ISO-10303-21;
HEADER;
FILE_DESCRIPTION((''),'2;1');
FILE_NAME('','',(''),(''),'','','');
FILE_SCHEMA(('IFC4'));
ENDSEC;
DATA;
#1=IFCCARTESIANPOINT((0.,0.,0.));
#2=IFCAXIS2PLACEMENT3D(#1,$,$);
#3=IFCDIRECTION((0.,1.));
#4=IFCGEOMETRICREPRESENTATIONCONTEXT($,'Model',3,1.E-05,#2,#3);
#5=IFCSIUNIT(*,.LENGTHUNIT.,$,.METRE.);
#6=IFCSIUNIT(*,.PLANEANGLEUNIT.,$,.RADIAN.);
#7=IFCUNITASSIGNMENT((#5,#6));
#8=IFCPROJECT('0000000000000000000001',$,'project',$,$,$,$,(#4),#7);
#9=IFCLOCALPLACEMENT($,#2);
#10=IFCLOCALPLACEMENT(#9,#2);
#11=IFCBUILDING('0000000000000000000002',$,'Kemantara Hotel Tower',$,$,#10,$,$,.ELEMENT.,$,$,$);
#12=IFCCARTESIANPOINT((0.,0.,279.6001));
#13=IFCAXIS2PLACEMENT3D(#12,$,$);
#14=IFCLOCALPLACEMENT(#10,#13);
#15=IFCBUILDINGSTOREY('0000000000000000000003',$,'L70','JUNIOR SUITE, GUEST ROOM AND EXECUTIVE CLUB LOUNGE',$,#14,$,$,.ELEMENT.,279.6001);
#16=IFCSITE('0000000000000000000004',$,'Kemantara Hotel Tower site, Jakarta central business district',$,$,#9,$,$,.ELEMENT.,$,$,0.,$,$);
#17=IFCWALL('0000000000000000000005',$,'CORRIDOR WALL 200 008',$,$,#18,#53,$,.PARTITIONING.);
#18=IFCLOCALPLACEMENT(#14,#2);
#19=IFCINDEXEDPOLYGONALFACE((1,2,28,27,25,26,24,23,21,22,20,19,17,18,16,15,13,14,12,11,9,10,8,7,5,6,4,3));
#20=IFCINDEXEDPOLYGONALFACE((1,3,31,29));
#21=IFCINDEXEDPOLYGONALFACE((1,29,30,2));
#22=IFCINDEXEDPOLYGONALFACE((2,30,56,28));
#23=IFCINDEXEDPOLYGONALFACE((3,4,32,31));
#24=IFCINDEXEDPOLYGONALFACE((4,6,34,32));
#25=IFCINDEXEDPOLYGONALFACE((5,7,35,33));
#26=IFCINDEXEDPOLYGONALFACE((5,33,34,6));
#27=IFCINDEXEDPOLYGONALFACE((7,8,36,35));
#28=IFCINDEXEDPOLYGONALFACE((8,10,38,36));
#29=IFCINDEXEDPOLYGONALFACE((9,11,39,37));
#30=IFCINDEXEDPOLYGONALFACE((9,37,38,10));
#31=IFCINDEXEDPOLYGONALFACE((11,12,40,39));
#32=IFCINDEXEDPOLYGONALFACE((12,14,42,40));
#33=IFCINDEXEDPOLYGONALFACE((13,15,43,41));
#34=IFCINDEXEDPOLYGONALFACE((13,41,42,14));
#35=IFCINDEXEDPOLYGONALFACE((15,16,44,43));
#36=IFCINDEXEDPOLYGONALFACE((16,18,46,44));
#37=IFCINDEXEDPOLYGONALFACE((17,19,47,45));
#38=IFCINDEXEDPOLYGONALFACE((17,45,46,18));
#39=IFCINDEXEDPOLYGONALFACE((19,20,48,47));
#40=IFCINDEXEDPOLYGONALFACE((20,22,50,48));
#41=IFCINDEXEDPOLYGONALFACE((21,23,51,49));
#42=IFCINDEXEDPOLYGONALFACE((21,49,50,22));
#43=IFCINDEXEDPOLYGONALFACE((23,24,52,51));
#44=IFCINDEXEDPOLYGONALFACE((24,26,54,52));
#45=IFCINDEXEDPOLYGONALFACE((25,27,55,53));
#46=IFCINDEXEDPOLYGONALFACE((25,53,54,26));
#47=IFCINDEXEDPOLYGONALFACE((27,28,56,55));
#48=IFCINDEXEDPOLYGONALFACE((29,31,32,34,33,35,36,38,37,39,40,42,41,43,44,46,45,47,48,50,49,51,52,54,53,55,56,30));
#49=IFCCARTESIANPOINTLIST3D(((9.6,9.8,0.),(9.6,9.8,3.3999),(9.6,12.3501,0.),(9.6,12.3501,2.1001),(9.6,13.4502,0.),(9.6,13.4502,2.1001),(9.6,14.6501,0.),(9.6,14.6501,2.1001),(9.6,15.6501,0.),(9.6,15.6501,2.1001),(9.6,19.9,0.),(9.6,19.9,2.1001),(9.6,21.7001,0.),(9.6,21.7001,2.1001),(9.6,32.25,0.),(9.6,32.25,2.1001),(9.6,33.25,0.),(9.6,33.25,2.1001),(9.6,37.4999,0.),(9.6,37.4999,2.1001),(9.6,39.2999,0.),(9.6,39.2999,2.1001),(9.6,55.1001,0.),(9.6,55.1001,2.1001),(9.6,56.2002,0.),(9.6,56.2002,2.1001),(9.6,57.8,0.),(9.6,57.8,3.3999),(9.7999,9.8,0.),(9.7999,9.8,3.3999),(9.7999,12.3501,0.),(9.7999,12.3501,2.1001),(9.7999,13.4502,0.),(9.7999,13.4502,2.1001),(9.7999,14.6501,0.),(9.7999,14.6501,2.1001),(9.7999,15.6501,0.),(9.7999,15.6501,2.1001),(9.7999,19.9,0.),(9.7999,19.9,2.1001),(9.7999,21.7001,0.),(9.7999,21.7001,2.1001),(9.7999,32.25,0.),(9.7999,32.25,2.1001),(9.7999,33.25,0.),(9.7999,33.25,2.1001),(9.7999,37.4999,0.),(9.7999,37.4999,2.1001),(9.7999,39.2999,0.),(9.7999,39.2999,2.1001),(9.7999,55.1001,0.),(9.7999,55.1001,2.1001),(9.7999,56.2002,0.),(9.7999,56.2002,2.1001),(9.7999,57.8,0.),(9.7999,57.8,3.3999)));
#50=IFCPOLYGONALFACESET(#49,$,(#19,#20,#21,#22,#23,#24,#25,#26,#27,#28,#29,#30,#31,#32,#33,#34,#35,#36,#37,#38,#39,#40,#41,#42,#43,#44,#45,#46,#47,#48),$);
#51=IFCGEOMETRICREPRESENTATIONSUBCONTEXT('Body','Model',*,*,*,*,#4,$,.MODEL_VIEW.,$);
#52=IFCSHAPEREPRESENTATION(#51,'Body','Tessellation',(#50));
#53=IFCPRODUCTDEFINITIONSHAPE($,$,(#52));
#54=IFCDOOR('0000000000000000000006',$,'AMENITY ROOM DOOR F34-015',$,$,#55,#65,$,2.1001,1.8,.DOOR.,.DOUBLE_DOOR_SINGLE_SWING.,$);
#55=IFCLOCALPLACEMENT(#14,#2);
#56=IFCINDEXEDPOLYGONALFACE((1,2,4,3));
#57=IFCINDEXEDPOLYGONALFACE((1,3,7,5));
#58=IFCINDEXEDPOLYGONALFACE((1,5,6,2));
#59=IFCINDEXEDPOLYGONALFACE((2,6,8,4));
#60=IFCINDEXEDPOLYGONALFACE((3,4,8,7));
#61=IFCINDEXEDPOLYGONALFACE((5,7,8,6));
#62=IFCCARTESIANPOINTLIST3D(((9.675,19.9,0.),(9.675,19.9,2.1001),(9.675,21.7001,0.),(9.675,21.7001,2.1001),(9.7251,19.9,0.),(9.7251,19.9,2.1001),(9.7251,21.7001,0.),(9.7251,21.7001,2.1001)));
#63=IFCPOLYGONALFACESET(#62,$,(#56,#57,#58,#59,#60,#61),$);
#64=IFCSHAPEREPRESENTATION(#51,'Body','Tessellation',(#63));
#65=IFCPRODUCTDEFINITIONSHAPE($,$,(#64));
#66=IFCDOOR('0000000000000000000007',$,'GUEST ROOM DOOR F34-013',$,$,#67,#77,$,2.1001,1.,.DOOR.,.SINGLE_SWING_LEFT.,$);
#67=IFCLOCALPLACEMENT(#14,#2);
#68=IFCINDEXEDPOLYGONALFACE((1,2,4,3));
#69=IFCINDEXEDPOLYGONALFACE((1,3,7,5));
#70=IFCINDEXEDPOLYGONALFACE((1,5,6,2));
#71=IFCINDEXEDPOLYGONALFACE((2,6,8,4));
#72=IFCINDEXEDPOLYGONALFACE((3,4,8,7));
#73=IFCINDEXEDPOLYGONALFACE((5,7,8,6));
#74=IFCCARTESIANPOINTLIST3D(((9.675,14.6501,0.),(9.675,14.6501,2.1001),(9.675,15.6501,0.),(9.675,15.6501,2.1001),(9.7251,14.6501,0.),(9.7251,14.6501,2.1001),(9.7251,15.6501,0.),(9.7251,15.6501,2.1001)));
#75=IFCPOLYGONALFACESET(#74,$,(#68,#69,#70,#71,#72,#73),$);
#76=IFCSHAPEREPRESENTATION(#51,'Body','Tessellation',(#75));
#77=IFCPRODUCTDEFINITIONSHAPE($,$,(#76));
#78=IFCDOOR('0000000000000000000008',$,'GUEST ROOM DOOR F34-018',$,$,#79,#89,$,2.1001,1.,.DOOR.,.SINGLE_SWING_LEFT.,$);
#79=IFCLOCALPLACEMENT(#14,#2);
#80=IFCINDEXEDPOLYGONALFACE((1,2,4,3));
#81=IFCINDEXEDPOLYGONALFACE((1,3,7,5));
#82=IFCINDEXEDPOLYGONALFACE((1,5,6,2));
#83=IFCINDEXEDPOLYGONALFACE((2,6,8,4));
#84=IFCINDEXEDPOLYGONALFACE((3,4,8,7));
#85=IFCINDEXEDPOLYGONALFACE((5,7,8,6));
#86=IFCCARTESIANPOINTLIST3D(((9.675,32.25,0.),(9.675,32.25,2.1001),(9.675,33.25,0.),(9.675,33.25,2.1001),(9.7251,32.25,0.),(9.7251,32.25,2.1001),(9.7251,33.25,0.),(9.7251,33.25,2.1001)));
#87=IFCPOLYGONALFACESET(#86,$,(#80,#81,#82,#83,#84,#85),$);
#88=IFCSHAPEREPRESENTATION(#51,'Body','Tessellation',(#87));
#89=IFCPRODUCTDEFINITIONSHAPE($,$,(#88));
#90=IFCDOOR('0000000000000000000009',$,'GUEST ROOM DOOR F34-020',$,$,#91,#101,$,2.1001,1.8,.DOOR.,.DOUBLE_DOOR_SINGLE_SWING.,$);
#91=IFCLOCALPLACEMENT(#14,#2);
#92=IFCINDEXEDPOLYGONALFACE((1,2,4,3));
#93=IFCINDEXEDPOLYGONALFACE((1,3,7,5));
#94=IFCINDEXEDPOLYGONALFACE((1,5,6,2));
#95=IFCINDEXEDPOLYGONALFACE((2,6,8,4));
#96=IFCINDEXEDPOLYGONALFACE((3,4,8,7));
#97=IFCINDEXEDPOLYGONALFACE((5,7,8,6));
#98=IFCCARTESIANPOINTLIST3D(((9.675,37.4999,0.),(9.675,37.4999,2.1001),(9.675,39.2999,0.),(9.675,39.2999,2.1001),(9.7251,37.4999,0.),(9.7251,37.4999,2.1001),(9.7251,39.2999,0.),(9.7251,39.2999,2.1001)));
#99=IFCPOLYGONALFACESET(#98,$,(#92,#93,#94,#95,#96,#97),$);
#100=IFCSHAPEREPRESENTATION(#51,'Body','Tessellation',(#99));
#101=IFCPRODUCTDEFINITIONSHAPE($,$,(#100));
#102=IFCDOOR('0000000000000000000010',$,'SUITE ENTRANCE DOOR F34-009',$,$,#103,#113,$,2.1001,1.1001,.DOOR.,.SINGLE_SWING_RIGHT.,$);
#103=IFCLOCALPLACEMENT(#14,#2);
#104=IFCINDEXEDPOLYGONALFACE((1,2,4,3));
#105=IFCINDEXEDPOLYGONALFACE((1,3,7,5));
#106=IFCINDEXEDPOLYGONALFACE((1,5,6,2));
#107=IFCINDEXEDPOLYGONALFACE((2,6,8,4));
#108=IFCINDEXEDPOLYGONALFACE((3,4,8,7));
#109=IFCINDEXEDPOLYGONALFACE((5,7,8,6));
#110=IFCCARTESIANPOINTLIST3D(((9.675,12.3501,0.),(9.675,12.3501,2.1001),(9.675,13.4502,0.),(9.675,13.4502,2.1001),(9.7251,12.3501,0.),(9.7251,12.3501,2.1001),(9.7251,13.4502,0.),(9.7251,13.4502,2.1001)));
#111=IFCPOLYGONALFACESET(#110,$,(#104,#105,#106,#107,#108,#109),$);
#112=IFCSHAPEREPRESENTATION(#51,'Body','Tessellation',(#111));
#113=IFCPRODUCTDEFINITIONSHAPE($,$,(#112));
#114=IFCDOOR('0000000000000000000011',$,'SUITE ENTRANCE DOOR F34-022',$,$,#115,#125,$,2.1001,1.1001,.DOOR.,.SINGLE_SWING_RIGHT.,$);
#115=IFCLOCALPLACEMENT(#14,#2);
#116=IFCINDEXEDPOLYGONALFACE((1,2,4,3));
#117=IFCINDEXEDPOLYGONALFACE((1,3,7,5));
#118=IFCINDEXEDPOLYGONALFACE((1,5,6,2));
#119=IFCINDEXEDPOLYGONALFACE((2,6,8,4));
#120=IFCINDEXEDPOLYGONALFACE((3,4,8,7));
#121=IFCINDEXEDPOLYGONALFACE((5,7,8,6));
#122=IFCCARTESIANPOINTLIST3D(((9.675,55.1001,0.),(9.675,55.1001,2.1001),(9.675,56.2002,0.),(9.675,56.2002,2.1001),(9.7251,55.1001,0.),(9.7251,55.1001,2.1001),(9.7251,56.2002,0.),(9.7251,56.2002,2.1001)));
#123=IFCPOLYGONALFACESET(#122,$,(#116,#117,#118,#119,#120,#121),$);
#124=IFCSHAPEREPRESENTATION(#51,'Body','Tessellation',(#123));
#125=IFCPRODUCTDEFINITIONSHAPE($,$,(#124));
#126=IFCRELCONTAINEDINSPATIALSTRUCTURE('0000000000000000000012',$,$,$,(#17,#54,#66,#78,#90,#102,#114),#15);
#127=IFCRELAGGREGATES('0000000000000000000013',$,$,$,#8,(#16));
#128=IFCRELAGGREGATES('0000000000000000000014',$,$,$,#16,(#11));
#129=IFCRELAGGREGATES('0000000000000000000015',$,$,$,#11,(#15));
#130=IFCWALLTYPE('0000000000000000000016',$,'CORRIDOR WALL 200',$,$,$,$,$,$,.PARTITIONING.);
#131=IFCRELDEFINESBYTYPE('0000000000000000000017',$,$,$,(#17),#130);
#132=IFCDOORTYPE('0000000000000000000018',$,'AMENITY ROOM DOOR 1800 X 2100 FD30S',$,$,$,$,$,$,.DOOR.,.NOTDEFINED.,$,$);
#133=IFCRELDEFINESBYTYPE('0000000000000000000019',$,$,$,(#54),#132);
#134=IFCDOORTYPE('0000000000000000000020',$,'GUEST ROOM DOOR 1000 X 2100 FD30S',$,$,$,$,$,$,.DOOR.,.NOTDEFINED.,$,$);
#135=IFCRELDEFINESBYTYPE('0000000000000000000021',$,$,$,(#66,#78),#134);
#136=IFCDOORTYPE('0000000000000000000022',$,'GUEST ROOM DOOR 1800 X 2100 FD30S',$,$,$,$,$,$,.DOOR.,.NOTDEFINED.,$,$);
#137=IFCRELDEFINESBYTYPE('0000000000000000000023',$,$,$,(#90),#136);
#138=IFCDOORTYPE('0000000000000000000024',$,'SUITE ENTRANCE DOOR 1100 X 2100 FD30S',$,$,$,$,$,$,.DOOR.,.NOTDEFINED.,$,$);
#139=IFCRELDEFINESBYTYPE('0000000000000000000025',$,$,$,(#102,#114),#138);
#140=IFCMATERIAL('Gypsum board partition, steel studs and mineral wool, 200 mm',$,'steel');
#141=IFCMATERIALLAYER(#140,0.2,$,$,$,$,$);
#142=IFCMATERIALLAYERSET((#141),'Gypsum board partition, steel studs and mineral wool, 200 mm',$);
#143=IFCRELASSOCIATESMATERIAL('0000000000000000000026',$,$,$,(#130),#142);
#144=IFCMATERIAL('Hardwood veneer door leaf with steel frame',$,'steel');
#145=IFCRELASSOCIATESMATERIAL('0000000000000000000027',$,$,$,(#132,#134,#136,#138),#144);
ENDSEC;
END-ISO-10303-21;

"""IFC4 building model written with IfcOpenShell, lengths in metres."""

from ifc_helpers import new_model, si_unit, direction, frame, frame_2d, origin, place, context, subcontext, project, spatial, rectangle, extrude, material, layer, layer_set, type_object, element, fill, save


model = new_model("IFC4")

# Units and contexts
model_context = context("Model", 3, precision=1e-05, world=origin(), true_north=direction((0.0, 1.0)))
body_context = subcontext(model_context, "Body", "Model", "MODEL_VIEW")
ifc_project = project(units=[si_unit("LENGTHUNIT", "METRE"), si_unit("PLANEANGLEUNIT", "RADIAN")], contexts=[model_context])

# Site, building, storey
site_placement = place(None, origin())
site = spatial("IfcSite", under=ifc_project, at=site_placement, Name="Kemantara Hotel Tower site, Jakarta central business district", CompositionType="ELEMENT", RefElevation=0.0)
building_placement = place(site_placement, origin())
building = spatial("IfcBuilding", under=site, at=building_placement, Name="Kemantara Hotel Tower", CompositionType="ELEMENT")
storey_placement = place(building_placement, frame((0.0, 0.0, 279.6001)))
storey = spatial("IfcBuildingStorey", under=building, at=storey_placement, Name="L70", Description="JUNIOR SUITE, GUEST ROOM AND EXECUTIVE CLUB LOUNGE", CompositionType="ELEMENT", Elevation=279.6001)

# Wall, openings, doors
ifc_material_1 = material(Name="Gypsum board partition, steel studs and mineral wool, 200 mm", Category="steel")
ifc_layer_1 = layer(ifc_material_1, 0.2)
ifc_layer_set_1 = layer_set([ifc_layer_1], Name="Gypsum board partition, steel studs and mineral wool, 200 mm")
wall_type_1 = type_object("IfcWallType", Name="CORRIDOR WALL 200", PredefinedType="PARTITIONING", material=ifc_layer_set_1)
wall_1_placement = place(storey_placement, frame((9.7, 9.8, 0.0), z_axis=(0.0, 0.0, 1.0), x_axis=(0.0, 1.0, 0.0)))
wall_1 = element("IfcWall", 1, at=wall_1_placement, inside=storey, type_object=wall_type_1, Name="CORRIDOR WALL 200 008", PredefinedType="PARTITIONING", context=body_context, shape_type="SweptSolid", body=[
    extrude(rectangle(XDim=48.0, YDim=0.2, at=frame_2d((24.0, 0.0))), origin(), (0.0, 0.0, 1.0), 3.3999),
])
opening_1_placement = place(wall_1_placement, frame((2.55, 0.0, 0.0)))
opening_1 = element("IfcOpeningElement", 2, at=opening_1_placement, cuts=wall_1, PredefinedType="OPENING", context=body_context, shape_type="SweptSolid", body=[
    extrude(rectangle(XDim=1.1001, YDim=2.1001, at=frame_2d((0.55, 1.05))), frame((0.0, 0.1099, 0.0), z_axis=(0.0, -1.0, 0.0), x_axis=(1.0, 0.0, 0.0)), (0.0, 0.0, 1.0), 0.22),
])
opening_2_placement = place(wall_1_placement, frame((4.8501, 0.0, 0.0)))
opening_2 = element("IfcOpeningElement", 3, at=opening_2_placement, cuts=wall_1, PredefinedType="OPENING", context=body_context, shape_type="SweptSolid", body=[
    extrude(rectangle(XDim=1.0, YDim=2.1001, at=frame_2d((0.5, 1.05))), frame((0.0, 0.1099, 0.0), z_axis=(0.0, -1.0, 0.0), x_axis=(1.0, 0.0, 0.0)), (0.0, 0.0, 1.0), 0.22),
])
opening_3_placement = place(wall_1_placement, frame((10.1001, 0.0, 0.0)))
opening_3 = element("IfcOpeningElement", 4, at=opening_3_placement, cuts=wall_1, PredefinedType="OPENING", context=body_context, shape_type="SweptSolid", body=[
    extrude(rectangle(XDim=1.8, YDim=2.1001, at=frame_2d((0.8999, 1.05))), frame((0.0, 0.1099, 0.0), z_axis=(0.0, -1.0, 0.0), x_axis=(1.0, 0.0, 0.0)), (0.0, 0.0, 1.0), 0.22),
])
opening_4_placement = place(wall_1_placement, frame((22.45, 0.0, 0.0)))
opening_4 = element("IfcOpeningElement", 5, at=opening_4_placement, cuts=wall_1, PredefinedType="OPENING", context=body_context, shape_type="SweptSolid", body=[
    extrude(rectangle(XDim=1.0, YDim=2.1001, at=frame_2d((0.5, 1.05))), frame((0.0, 0.1099, 0.0), z_axis=(0.0, -1.0, 0.0), x_axis=(1.0, 0.0, 0.0)), (0.0, 0.0, 1.0), 0.22),
])
opening_5_placement = place(wall_1_placement, frame((27.7, 0.0, 0.0)))
opening_5 = element("IfcOpeningElement", 6, at=opening_5_placement, cuts=wall_1, PredefinedType="OPENING", context=body_context, shape_type="SweptSolid", body=[
    extrude(rectangle(XDim=1.8, YDim=2.1001, at=frame_2d((0.8999, 1.05))), frame((0.0, 0.1099, 0.0), z_axis=(0.0, -1.0, 0.0), x_axis=(1.0, 0.0, 0.0)), (0.0, 0.0, 1.0), 0.22),
])
opening_6_placement = place(wall_1_placement, frame((45.3, 0.0, 0.0)))
opening_6 = element("IfcOpeningElement", 7, at=opening_6_placement, cuts=wall_1, PredefinedType="OPENING", context=body_context, shape_type="SweptSolid", body=[
    extrude(rectangle(XDim=1.1001, YDim=2.1001, at=frame_2d((0.55, 1.05))), frame((0.0, 0.1099, 0.0), z_axis=(0.0, -1.0, 0.0), x_axis=(1.0, 0.0, 0.0)), (0.0, 0.0, 1.0), 0.22),
])
ifc_material_2 = material(Name="Hardwood veneer door leaf with steel frame", Category="steel")
door_type_1 = type_object("IfcDoorType", Name="AMENITY ROOM DOOR 1800 X 2100 FD30S", OperationType="NOTDEFINED", PredefinedType="DOOR", material=ifc_material_2)
door_1_placement = place(opening_3_placement, origin())
door_1 = element("IfcDoor", 8, at=door_1_placement, inside=storey, type_object=door_type_1, Name="AMENITY ROOM DOOR F34-015", OperationType="DOUBLE_DOOR_SINGLE_SWING", OverallHeight=2.1001, OverallWidth=1.8, PredefinedType="DOOR", context=body_context, shape_type="SweptSolid", body=[
    extrude(rectangle(XDim=1.8, YDim=2.1001, at=frame_2d((0.8999, 1.05))), frame((0.0, 0.0249, 0.0), z_axis=(0.0, -1.0, 0.0), x_axis=(1.0, 0.0, 0.0)), (0.0, 0.0, 1.0), 0.05),
])
fill(opening_3, door_1)
door_type_2 = type_object("IfcDoorType", Name="GUEST ROOM DOOR 1000 X 2100 FD30S", OperationType="NOTDEFINED", PredefinedType="DOOR", material=ifc_material_2)
door_2_placement = place(opening_2_placement, origin())
door_2 = element("IfcDoor", 9, at=door_2_placement, inside=storey, type_object=door_type_2, Name="GUEST ROOM DOOR F34-013", OperationType="SINGLE_SWING_LEFT", OverallHeight=2.1001, OverallWidth=1.0, PredefinedType="DOOR", context=body_context, shape_type="SweptSolid", body=[
    extrude(rectangle(XDim=1.0, YDim=2.1001, at=frame_2d((0.5, 1.05))), frame((0.0, 0.0249, 0.0), z_axis=(0.0, -1.0, 0.0), x_axis=(1.0, 0.0, 0.0)), (0.0, 0.0, 1.0), 0.05),
])
fill(opening_2, door_2)
door_3_placement = place(opening_4_placement, origin())
door_3 = element("IfcDoor", 10, at=door_3_placement, inside=storey, type_object=door_type_2, Name="GUEST ROOM DOOR F34-018", OperationType="SINGLE_SWING_LEFT", OverallHeight=2.1001, OverallWidth=1.0, PredefinedType="DOOR", context=body_context, shape_type="SweptSolid", body=[
    extrude(rectangle(XDim=1.0, YDim=2.1001, at=frame_2d((0.5, 1.05))), frame((0.0, 0.0249, 0.0), z_axis=(0.0, -1.0, 0.0), x_axis=(1.0, 0.0, 0.0)), (0.0, 0.0, 1.0), 0.05),
])
fill(opening_4, door_3)
door_type_3 = type_object("IfcDoorType", Name="GUEST ROOM DOOR 1800 X 2100 FD30S", OperationType="NOTDEFINED", PredefinedType="DOOR", material=ifc_material_2)
door_4_placement = place(opening_5_placement, origin())
door_4 = element("IfcDoor", 11, at=door_4_placement, inside=storey, type_object=door_type_3, Name="GUEST ROOM DOOR F34-020", OperationType="DOUBLE_DOOR_SINGLE_SWING", OverallHeight=2.1001, OverallWidth=1.8, PredefinedType="DOOR", context=body_context, shape_type="SweptSolid", body=[
    extrude(rectangle(XDim=1.8, YDim=2.1001, at=frame_2d((0.8999, 1.05))), frame((0.0, 0.0249, 0.0), z_axis=(0.0, -1.0, 0.0), x_axis=(1.0, 0.0, 0.0)), (0.0, 0.0, 1.0), 0.05),
])
fill(opening_5, door_4)
door_type_4 = type_object("IfcDoorType", Name="SUITE ENTRANCE DOOR 1100 X 2100 FD30S", OperationType="NOTDEFINED", PredefinedType="DOOR", material=ifc_material_2)
door_5_placement = place(opening_1_placement, origin())
door_5 = element("IfcDoor", 12, at=door_5_placement, inside=storey, type_object=door_type_4, Name="SUITE ENTRANCE DOOR F34-009", OperationType="SINGLE_SWING_RIGHT", OverallHeight=2.1001, OverallWidth=1.1001, PredefinedType="DOOR", context=body_context, shape_type="SweptSolid", body=[
    extrude(rectangle(XDim=1.1001, YDim=2.1001, at=frame_2d((0.55, 1.05))), frame((0.0, 0.0249, 0.0), z_axis=(0.0, -1.0, 0.0), x_axis=(1.0, 0.0, 0.0)), (0.0, 0.0, 1.0), 0.05),
])
fill(opening_1, door_5)
door_6_placement = place(opening_6_placement, origin())
door_6 = element("IfcDoor", 13, at=door_6_placement, inside=storey, type_object=door_type_4, Name="SUITE ENTRANCE DOOR F34-022", OperationType="SINGLE_SWING_RIGHT", OverallHeight=2.1001, OverallWidth=1.1001, PredefinedType="DOOR", context=body_context, shape_type="SweptSolid", body=[
    extrude(rectangle(XDim=1.1001, YDim=2.1001, at=frame_2d((0.55, 1.05))), frame((0.0, 0.0249, 0.0), z_axis=(0.0, -1.0, 0.0), x_axis=(1.0, 0.0, 0.0)), (0.0, 0.0, 1.0), 0.05),
])
fill(opening_6, door_6)

save(model, "model.ifc")
